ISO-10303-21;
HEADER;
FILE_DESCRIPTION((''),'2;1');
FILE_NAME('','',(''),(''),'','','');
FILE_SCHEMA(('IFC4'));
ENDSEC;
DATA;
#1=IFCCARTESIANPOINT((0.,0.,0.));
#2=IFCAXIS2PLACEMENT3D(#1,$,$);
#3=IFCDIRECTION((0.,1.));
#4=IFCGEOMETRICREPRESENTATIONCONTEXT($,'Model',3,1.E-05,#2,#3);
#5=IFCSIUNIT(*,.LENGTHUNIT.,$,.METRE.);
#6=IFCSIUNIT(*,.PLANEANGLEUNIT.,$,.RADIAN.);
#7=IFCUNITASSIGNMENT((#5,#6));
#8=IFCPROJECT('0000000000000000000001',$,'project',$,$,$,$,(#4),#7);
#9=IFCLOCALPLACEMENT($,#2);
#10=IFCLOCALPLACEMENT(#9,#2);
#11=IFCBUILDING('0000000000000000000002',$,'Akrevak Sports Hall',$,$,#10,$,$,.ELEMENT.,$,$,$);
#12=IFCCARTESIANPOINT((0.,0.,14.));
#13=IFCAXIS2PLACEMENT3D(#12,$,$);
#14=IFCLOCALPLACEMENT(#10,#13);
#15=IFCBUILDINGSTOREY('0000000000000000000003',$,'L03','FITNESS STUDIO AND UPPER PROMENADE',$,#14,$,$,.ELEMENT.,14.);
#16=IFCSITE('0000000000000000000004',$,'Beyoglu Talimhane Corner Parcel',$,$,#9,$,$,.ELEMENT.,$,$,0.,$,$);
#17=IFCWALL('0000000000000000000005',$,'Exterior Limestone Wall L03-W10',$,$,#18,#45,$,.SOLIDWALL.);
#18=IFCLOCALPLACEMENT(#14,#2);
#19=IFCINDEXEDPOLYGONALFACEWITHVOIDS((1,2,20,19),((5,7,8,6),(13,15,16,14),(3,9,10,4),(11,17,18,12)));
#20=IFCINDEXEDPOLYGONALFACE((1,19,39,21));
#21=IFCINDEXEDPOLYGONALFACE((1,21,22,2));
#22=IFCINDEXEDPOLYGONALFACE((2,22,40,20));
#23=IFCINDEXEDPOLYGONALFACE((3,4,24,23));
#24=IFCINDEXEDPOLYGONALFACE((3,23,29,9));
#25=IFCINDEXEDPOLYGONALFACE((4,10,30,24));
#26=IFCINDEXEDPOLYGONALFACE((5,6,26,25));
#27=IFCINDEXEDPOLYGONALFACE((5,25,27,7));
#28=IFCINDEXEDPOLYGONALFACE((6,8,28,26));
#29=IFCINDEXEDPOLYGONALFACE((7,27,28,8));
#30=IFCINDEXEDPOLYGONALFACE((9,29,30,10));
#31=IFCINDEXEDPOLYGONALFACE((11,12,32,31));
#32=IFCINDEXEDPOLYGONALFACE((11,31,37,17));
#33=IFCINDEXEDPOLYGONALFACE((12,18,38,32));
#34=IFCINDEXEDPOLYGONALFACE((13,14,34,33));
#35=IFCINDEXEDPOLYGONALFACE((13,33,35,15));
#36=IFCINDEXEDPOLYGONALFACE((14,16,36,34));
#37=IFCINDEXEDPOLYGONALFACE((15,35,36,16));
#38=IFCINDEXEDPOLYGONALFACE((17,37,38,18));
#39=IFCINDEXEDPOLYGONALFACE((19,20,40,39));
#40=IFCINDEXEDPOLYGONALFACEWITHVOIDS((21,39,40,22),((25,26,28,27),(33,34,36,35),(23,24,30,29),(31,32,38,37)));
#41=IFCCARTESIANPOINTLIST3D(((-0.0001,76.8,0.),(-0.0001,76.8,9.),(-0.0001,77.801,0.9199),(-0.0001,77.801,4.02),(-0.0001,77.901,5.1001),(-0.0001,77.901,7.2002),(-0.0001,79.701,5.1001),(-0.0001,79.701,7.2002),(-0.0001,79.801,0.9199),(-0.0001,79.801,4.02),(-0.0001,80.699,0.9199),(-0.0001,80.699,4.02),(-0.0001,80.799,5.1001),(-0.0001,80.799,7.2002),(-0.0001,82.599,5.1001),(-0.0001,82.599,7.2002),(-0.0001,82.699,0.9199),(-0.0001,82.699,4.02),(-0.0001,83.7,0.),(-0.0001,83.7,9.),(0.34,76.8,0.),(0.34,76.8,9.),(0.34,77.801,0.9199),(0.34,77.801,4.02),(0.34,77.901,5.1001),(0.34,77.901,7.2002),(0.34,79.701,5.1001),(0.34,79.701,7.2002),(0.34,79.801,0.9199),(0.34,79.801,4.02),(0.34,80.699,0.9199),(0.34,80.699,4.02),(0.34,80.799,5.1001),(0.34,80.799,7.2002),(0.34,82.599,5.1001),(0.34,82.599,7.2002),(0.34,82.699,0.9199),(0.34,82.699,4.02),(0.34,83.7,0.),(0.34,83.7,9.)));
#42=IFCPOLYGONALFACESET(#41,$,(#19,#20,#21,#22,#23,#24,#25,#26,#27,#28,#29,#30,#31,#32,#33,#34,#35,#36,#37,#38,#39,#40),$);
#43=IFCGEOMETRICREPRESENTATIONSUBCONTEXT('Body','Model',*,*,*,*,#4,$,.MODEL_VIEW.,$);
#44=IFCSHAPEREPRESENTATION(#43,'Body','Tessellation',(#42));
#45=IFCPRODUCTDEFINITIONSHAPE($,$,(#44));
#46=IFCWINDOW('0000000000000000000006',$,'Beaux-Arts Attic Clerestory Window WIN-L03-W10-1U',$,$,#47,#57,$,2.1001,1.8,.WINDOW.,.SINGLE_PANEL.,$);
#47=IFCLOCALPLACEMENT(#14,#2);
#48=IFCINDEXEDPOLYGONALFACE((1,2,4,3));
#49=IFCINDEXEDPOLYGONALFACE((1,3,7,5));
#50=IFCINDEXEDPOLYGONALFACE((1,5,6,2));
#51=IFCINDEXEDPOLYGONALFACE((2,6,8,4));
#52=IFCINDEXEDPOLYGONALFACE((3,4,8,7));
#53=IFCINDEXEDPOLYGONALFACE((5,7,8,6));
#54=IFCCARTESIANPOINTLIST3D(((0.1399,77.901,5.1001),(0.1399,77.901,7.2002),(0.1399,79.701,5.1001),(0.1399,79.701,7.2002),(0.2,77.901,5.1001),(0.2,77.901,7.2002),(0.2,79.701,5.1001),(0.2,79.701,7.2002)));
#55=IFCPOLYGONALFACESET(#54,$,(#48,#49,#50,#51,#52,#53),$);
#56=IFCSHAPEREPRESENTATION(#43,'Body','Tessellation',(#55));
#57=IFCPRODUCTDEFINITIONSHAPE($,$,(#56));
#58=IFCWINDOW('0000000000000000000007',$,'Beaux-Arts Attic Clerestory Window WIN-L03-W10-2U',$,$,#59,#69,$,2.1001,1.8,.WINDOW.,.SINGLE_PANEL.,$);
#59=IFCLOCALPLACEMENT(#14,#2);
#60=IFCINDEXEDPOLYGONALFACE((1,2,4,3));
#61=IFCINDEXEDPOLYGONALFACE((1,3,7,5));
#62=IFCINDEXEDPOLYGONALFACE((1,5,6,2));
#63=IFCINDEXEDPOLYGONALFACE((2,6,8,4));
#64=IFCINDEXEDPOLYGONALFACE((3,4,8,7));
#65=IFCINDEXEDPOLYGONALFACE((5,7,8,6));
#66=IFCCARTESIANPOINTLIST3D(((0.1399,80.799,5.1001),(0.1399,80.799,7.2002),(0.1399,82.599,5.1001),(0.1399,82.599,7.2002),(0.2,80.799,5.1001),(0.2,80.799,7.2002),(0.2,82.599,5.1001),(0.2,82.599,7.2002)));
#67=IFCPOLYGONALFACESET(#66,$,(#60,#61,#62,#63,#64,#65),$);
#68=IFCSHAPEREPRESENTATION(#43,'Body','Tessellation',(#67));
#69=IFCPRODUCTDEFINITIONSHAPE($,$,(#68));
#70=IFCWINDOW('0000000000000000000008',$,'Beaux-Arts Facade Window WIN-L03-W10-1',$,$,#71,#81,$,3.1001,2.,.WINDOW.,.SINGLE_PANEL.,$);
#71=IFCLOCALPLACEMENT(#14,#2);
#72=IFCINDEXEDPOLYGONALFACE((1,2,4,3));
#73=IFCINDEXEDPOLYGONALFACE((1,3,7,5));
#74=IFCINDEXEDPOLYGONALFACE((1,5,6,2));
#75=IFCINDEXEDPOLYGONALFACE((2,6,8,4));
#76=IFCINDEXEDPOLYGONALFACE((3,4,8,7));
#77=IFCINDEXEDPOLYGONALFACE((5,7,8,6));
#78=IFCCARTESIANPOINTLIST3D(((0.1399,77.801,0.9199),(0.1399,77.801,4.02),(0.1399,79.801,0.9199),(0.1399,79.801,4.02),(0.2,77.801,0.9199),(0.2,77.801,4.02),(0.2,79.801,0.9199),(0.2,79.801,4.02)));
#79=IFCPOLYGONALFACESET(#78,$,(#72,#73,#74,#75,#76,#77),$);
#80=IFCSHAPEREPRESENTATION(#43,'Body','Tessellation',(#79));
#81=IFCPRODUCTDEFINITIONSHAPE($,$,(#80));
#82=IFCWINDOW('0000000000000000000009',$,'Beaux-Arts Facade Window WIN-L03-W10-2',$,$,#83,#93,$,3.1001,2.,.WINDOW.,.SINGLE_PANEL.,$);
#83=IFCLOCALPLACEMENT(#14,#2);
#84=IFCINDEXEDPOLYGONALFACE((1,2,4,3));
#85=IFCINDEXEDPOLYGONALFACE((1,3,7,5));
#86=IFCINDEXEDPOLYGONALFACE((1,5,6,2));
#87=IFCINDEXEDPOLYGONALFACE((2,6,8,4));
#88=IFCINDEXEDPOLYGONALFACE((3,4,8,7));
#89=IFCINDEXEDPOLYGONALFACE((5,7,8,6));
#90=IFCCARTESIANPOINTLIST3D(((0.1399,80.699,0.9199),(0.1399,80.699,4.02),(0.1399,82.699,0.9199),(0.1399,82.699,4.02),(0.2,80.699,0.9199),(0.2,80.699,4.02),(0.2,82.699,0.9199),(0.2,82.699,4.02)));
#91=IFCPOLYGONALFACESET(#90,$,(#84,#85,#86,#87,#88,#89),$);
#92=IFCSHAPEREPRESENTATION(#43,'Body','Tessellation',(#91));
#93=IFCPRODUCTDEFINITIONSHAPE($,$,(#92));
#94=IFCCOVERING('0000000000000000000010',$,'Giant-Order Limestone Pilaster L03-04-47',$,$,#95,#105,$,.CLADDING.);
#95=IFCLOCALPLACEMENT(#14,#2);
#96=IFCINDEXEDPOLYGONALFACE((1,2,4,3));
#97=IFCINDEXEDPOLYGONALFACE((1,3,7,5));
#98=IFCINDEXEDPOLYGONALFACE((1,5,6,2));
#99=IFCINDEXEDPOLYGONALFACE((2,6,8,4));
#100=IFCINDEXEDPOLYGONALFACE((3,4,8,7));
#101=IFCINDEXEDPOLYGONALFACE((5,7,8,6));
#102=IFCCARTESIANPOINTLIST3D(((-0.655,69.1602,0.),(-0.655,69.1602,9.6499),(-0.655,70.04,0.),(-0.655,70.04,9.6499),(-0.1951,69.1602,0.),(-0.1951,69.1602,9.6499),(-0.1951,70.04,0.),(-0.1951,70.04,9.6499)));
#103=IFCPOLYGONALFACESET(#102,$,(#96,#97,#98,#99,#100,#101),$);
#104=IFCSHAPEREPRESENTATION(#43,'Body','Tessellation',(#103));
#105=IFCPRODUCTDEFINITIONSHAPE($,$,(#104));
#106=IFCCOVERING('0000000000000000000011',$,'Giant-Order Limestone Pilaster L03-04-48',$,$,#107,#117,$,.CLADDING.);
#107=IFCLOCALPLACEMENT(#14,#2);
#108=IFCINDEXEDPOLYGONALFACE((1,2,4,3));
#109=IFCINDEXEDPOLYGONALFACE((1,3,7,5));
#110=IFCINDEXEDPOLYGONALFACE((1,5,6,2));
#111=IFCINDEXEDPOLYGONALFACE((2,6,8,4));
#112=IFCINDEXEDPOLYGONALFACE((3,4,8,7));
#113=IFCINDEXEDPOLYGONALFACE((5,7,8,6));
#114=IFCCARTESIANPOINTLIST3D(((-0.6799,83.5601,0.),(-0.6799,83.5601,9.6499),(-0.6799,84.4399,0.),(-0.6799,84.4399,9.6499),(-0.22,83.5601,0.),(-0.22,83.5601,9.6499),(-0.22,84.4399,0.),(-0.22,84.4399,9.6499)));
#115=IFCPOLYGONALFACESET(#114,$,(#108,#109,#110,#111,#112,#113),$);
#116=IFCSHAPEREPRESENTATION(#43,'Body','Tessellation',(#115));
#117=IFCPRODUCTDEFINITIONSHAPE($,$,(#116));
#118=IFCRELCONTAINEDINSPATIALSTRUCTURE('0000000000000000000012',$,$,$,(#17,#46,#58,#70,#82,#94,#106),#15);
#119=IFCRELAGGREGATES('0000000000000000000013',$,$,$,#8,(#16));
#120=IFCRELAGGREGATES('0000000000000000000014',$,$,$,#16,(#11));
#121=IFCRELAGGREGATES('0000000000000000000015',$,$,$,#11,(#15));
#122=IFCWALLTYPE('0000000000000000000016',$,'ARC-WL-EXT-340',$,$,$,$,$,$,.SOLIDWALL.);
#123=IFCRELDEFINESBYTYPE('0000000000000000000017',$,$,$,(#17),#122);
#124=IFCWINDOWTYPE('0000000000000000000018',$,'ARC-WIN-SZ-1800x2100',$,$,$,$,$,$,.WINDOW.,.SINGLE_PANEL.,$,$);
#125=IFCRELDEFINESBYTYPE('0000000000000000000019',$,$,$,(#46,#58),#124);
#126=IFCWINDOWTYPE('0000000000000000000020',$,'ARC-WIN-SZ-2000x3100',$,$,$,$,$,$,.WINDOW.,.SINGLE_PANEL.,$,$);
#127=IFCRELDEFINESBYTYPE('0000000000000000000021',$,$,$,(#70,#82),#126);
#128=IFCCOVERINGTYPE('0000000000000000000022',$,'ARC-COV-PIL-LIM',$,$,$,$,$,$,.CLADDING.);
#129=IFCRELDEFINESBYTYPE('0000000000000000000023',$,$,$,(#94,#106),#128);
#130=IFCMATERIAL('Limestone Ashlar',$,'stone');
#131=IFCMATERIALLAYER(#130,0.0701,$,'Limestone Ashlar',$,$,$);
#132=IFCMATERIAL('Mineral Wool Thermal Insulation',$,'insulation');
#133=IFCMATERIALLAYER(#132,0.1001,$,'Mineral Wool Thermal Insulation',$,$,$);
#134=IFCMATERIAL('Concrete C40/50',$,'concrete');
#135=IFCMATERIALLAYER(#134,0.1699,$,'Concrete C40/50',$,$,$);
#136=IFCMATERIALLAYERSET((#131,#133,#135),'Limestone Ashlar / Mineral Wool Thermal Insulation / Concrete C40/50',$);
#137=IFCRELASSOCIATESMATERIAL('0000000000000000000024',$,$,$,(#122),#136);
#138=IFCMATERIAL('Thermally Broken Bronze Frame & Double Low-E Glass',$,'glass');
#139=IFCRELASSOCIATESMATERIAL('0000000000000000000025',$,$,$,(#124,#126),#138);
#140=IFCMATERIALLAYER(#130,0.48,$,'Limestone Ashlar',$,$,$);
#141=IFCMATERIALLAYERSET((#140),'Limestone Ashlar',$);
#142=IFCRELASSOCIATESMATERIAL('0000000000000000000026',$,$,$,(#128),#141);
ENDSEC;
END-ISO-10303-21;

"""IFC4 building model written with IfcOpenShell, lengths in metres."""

from ifc_helpers import new_model, si_unit, direction, frame, frame_2d, origin, origin_2d, place, context, subcontext, project, spatial, rectangle, extrude, material, layer, layer_set, type_object, element, fill, save


model = new_model("IFC4")

# Units and contexts
model_context = context("Model", 3, precision=1e-05, world=origin(), true_north=direction((0.0, 1.0)))
body_context = subcontext(model_context, "Body", "Model", "MODEL_VIEW")
ifc_project = project(units=[si_unit("LENGTHUNIT", "METRE"), si_unit("PLANEANGLEUNIT", "RADIAN")], contexts=[model_context])

# Site, building, storey
site_placement = place(None, origin())
site = spatial("IfcSite", under=ifc_project, at=site_placement, Name="Beyoglu Talimhane Corner Parcel", CompositionType="ELEMENT", RefElevation=0.0)
building_placement = place(site_placement, origin())
building = spatial("IfcBuilding", under=site, at=building_placement, Name="Akrevak Sports Hall", CompositionType="ELEMENT")
storey_placement = place(building_placement, frame((0.0, 0.0, 14.0)))
storey = spatial("IfcBuildingStorey", under=building, at=storey_placement, Name="L03", Description="FITNESS STUDIO AND UPPER PROMENADE", CompositionType="ELEMENT", Elevation=14.0)

# Shared definitions
ifc_material_1 = material(Name="Concrete C40/50", Category="concrete")

# Wall, openings, windows
ifc_material_2 = material(Name="Limestone Ashlar", Category="stone")
ifc_layer_1 = layer(ifc_material_2, 0.0701, Name="Limestone Ashlar")
ifc_material_3 = material(Name="Mineral Wool Thermal Insulation", Category="insulation")
ifc_layer_2 = layer(ifc_material_3, 0.1001, Name="Mineral Wool Thermal Insulation")
ifc_layer_3 = layer(ifc_material_1, 0.1699, Name="Concrete C40/50")
ifc_layer_set_1 = layer_set([ifc_layer_1, ifc_layer_2, ifc_layer_3], Name="Limestone Ashlar / Mineral Wool Thermal Insulation / Concrete C40/50")
wall_type = type_object("IfcWallType", Name="ARC-WL-EXT-340", PredefinedType="SOLIDWALL", material=ifc_layer_set_1)
ifc_material_4 = material(Name="Thermally Broken Bronze Frame & Double Low-E Glass", Category="glass")
window_type_1 = type_object("IfcWindowType", Name="ARC-WIN-SZ-1800x2100", PartitioningType="SINGLE_PANEL", PredefinedType="WINDOW", material=ifc_material_4)
window_type_2 = type_object("IfcWindowType", Name="ARC-WIN-SZ-2000x3100", PartitioningType="SINGLE_PANEL", PredefinedType="WINDOW", material=ifc_material_4)
wall_1_placement = place(storey_placement, frame((0.1699, 83.7, 0.0), z_axis=(0.0, 0.0, 1.0), x_axis=(0.0, -1.0, 0.0)))
wall_1 = element("IfcWall", 1, at=wall_1_placement, inside=storey, type_object=wall_type, Name="Exterior Limestone Wall L03-W10", PredefinedType="SOLIDWALL", context=body_context, shape_type="SweptSolid", body=[
    extrude(rectangle(XDim=6.8999, YDim=0.3401, at=frame_2d((3.45, 0.0))), origin(), (0.0, 0.0, 1.0), 9.0),
])
opening_1_placement = place(wall_1_placement, frame((3.8989, 0.0, 0.9199)))
opening_1 = element("IfcOpeningElement", 2, at=opening_1_placement, cuts=wall_1, PredefinedType="OPENING", context=body_context, shape_type="SweptSolid", body=[
    extrude(rectangle(XDim=2.0, YDim=3.1001, at=frame_2d((1.0, 1.55))), frame((0.0, 0.1821, 0.0), z_axis=(0.0, -1.0, 0.0), x_axis=(1.0, 0.0, 0.0)), (0.0, 0.0, 1.0), 0.364),
])
opening_2_placement = place(wall_1_placement, frame((3.999, 0.0, 5.1001)))
opening_2 = element("IfcOpeningElement", 3, at=opening_2_placement, cuts=wall_1, PredefinedType="OPENING", context=body_context, shape_type="SweptSolid", body=[
    extrude(rectangle(XDim=1.8, YDim=2.1001, at=frame_2d((0.8999, 1.05))), frame((0.0, 0.1821, 0.0), z_axis=(0.0, -1.0, 0.0), x_axis=(1.0, 0.0, 0.0)), (0.0, 0.0, 1.0), 0.364),
])
opening_3_placement = place(wall_1_placement, frame((1.001, 0.0, 0.9199)))
opening_3 = element("IfcOpeningElement", 4, at=opening_3_placement, cuts=wall_1, PredefinedType="OPENING", context=body_context, shape_type="SweptSolid", body=[
    extrude(rectangle(XDim=2.0, YDim=3.1001, at=frame_2d((1.0, 1.55))), frame((0.0, 0.1821, 0.0), z_axis=(0.0, -1.0, 0.0), x_axis=(1.0, 0.0, 0.0)), (0.0, 0.0, 1.0), 0.364),
])
opening_4_placement = place(wall_1_placement, frame((1.1011, 0.0, 5.1001)))
opening_4 = element("IfcOpeningElement", 5, at=opening_4_placement, cuts=wall_1, PredefinedType="OPENING", context=body_context, shape_type="SweptSolid", body=[
    extrude(rectangle(XDim=1.8, YDim=2.1001, at=frame_2d((0.8999, 1.05))), frame((0.0, 0.1821, 0.0), z_axis=(0.0, -1.0, 0.0), x_axis=(1.0, 0.0, 0.0)), (0.0, 0.0, 1.0), 0.364),
])
window_1_placement = place(opening_2_placement, origin())
window_1 = element("IfcWindow", 6, at=window_1_placement, inside=storey, type_object=window_type_1, Name="Beaux-Arts Attic Clerestory Window WIN-L03-W10-1U", OverallHeight=2.1001, OverallWidth=1.8, PartitioningType="SINGLE_PANEL", PredefinedType="WINDOW", context=body_context, shape_type="SweptSolid", body=[
    extrude(rectangle(XDim=1.8, YDim=2.1001, at=frame_2d((0.8999, 1.05))), frame((0.0, 0.03, 0.0), z_axis=(0.0, -1.0, 0.0), x_axis=(1.0, 0.0, 0.0)), (0.0, 0.0, 1.0), 0.0601),
])
fill(opening_2, window_1)
window_2_placement = place(opening_4_placement, origin())
window_2 = element("IfcWindow", 7, at=window_2_placement, inside=storey, type_object=window_type_1, Name="Beaux-Arts Attic Clerestory Window WIN-L03-W10-2U", OverallHeight=2.1001, OverallWidth=1.8, PartitioningType="SINGLE_PANEL", PredefinedType="WINDOW", context=body_context, shape_type="SweptSolid", body=[
    extrude(rectangle(XDim=1.8, YDim=2.1001, at=frame_2d((0.8999, 1.05))), frame((0.0, 0.03, 0.0), z_axis=(0.0, -1.0, 0.0), x_axis=(1.0, 0.0, 0.0)), (0.0, 0.0, 1.0), 0.0601),
])
fill(opening_4, window_2)
window_3_placement = place(opening_1_placement, origin())
window_3 = element("IfcWindow", 8, at=window_3_placement, inside=storey, type_object=window_type_2, Name="Beaux-Arts Facade Window WIN-L03-W10-1", OverallHeight=3.1001, OverallWidth=2.0, PartitioningType="SINGLE_PANEL", PredefinedType="WINDOW", context=body_context, shape_type="SweptSolid", body=[
    extrude(rectangle(XDim=2.0, YDim=3.1001, at=frame_2d((1.0, 1.55))), frame((0.0, 0.03, 0.0), z_axis=(0.0, -1.0, 0.0), x_axis=(1.0, 0.0, 0.0)), (0.0, 0.0, 1.0), 0.0601),
])
fill(opening_1, window_3)
window_4_placement = place(opening_3_placement, origin())
window_4 = element("IfcWindow", 9, at=window_4_placement, inside=storey, type_object=window_type_2, Name="Beaux-Arts Facade Window WIN-L03-W10-2", OverallHeight=3.1001, OverallWidth=2.0, PartitioningType="SINGLE_PANEL", PredefinedType="WINDOW", context=body_context, shape_type="SweptSolid", body=[
    extrude(rectangle(XDim=2.0, YDim=3.1001, at=frame_2d((1.0, 1.55))), frame((0.0, 0.03, 0.0), z_axis=(0.0, -1.0, 0.0), x_axis=(1.0, 0.0, 0.0)), (0.0, 0.0, 1.0), 0.0601),
])
fill(opening_3, window_4)

# Coverings
ifc_layer_4 = layer(ifc_material_2, 0.48, Name="Limestone Ashlar")
ifc_layer_set_2 = layer_set([ifc_layer_4], Name="Limestone Ashlar")
covering_type = type_object("IfcCoveringType", Name="ARC-COV-PIL-LIM", PredefinedType="CLADDING", material=ifc_layer_set_2)
for number, where, z_axis, x_axis, name in (
    (10, (-0.425, 69.6001, 0.0), (0.0, 0.0, 1.0), (0.0, -1.0, 0.0), "Giant-Order Limestone Pilaster L03-04-47"),
    (11, (-0.45, 84.0, 0.0), (0.0, 0.0, 1.0), (0.0, -1.0, 0.0), "Giant-Order Limestone Pilaster L03-04-48"),
):
    element("IfcCovering", number, at=place(storey_placement, frame(where, z_axis=z_axis, x_axis=x_axis)), inside=storey, type_object=covering_type, Name=name, PredefinedType="CLADDING", context=body_context, shape_type="SweptSolid", body=[
        extrude(rectangle(XDim=0.8799, YDim=0.46, at=origin_2d()), origin(), (0.0, 0.0, 1.0), 9.6499),
    ])

save(model, "model.ifc")
